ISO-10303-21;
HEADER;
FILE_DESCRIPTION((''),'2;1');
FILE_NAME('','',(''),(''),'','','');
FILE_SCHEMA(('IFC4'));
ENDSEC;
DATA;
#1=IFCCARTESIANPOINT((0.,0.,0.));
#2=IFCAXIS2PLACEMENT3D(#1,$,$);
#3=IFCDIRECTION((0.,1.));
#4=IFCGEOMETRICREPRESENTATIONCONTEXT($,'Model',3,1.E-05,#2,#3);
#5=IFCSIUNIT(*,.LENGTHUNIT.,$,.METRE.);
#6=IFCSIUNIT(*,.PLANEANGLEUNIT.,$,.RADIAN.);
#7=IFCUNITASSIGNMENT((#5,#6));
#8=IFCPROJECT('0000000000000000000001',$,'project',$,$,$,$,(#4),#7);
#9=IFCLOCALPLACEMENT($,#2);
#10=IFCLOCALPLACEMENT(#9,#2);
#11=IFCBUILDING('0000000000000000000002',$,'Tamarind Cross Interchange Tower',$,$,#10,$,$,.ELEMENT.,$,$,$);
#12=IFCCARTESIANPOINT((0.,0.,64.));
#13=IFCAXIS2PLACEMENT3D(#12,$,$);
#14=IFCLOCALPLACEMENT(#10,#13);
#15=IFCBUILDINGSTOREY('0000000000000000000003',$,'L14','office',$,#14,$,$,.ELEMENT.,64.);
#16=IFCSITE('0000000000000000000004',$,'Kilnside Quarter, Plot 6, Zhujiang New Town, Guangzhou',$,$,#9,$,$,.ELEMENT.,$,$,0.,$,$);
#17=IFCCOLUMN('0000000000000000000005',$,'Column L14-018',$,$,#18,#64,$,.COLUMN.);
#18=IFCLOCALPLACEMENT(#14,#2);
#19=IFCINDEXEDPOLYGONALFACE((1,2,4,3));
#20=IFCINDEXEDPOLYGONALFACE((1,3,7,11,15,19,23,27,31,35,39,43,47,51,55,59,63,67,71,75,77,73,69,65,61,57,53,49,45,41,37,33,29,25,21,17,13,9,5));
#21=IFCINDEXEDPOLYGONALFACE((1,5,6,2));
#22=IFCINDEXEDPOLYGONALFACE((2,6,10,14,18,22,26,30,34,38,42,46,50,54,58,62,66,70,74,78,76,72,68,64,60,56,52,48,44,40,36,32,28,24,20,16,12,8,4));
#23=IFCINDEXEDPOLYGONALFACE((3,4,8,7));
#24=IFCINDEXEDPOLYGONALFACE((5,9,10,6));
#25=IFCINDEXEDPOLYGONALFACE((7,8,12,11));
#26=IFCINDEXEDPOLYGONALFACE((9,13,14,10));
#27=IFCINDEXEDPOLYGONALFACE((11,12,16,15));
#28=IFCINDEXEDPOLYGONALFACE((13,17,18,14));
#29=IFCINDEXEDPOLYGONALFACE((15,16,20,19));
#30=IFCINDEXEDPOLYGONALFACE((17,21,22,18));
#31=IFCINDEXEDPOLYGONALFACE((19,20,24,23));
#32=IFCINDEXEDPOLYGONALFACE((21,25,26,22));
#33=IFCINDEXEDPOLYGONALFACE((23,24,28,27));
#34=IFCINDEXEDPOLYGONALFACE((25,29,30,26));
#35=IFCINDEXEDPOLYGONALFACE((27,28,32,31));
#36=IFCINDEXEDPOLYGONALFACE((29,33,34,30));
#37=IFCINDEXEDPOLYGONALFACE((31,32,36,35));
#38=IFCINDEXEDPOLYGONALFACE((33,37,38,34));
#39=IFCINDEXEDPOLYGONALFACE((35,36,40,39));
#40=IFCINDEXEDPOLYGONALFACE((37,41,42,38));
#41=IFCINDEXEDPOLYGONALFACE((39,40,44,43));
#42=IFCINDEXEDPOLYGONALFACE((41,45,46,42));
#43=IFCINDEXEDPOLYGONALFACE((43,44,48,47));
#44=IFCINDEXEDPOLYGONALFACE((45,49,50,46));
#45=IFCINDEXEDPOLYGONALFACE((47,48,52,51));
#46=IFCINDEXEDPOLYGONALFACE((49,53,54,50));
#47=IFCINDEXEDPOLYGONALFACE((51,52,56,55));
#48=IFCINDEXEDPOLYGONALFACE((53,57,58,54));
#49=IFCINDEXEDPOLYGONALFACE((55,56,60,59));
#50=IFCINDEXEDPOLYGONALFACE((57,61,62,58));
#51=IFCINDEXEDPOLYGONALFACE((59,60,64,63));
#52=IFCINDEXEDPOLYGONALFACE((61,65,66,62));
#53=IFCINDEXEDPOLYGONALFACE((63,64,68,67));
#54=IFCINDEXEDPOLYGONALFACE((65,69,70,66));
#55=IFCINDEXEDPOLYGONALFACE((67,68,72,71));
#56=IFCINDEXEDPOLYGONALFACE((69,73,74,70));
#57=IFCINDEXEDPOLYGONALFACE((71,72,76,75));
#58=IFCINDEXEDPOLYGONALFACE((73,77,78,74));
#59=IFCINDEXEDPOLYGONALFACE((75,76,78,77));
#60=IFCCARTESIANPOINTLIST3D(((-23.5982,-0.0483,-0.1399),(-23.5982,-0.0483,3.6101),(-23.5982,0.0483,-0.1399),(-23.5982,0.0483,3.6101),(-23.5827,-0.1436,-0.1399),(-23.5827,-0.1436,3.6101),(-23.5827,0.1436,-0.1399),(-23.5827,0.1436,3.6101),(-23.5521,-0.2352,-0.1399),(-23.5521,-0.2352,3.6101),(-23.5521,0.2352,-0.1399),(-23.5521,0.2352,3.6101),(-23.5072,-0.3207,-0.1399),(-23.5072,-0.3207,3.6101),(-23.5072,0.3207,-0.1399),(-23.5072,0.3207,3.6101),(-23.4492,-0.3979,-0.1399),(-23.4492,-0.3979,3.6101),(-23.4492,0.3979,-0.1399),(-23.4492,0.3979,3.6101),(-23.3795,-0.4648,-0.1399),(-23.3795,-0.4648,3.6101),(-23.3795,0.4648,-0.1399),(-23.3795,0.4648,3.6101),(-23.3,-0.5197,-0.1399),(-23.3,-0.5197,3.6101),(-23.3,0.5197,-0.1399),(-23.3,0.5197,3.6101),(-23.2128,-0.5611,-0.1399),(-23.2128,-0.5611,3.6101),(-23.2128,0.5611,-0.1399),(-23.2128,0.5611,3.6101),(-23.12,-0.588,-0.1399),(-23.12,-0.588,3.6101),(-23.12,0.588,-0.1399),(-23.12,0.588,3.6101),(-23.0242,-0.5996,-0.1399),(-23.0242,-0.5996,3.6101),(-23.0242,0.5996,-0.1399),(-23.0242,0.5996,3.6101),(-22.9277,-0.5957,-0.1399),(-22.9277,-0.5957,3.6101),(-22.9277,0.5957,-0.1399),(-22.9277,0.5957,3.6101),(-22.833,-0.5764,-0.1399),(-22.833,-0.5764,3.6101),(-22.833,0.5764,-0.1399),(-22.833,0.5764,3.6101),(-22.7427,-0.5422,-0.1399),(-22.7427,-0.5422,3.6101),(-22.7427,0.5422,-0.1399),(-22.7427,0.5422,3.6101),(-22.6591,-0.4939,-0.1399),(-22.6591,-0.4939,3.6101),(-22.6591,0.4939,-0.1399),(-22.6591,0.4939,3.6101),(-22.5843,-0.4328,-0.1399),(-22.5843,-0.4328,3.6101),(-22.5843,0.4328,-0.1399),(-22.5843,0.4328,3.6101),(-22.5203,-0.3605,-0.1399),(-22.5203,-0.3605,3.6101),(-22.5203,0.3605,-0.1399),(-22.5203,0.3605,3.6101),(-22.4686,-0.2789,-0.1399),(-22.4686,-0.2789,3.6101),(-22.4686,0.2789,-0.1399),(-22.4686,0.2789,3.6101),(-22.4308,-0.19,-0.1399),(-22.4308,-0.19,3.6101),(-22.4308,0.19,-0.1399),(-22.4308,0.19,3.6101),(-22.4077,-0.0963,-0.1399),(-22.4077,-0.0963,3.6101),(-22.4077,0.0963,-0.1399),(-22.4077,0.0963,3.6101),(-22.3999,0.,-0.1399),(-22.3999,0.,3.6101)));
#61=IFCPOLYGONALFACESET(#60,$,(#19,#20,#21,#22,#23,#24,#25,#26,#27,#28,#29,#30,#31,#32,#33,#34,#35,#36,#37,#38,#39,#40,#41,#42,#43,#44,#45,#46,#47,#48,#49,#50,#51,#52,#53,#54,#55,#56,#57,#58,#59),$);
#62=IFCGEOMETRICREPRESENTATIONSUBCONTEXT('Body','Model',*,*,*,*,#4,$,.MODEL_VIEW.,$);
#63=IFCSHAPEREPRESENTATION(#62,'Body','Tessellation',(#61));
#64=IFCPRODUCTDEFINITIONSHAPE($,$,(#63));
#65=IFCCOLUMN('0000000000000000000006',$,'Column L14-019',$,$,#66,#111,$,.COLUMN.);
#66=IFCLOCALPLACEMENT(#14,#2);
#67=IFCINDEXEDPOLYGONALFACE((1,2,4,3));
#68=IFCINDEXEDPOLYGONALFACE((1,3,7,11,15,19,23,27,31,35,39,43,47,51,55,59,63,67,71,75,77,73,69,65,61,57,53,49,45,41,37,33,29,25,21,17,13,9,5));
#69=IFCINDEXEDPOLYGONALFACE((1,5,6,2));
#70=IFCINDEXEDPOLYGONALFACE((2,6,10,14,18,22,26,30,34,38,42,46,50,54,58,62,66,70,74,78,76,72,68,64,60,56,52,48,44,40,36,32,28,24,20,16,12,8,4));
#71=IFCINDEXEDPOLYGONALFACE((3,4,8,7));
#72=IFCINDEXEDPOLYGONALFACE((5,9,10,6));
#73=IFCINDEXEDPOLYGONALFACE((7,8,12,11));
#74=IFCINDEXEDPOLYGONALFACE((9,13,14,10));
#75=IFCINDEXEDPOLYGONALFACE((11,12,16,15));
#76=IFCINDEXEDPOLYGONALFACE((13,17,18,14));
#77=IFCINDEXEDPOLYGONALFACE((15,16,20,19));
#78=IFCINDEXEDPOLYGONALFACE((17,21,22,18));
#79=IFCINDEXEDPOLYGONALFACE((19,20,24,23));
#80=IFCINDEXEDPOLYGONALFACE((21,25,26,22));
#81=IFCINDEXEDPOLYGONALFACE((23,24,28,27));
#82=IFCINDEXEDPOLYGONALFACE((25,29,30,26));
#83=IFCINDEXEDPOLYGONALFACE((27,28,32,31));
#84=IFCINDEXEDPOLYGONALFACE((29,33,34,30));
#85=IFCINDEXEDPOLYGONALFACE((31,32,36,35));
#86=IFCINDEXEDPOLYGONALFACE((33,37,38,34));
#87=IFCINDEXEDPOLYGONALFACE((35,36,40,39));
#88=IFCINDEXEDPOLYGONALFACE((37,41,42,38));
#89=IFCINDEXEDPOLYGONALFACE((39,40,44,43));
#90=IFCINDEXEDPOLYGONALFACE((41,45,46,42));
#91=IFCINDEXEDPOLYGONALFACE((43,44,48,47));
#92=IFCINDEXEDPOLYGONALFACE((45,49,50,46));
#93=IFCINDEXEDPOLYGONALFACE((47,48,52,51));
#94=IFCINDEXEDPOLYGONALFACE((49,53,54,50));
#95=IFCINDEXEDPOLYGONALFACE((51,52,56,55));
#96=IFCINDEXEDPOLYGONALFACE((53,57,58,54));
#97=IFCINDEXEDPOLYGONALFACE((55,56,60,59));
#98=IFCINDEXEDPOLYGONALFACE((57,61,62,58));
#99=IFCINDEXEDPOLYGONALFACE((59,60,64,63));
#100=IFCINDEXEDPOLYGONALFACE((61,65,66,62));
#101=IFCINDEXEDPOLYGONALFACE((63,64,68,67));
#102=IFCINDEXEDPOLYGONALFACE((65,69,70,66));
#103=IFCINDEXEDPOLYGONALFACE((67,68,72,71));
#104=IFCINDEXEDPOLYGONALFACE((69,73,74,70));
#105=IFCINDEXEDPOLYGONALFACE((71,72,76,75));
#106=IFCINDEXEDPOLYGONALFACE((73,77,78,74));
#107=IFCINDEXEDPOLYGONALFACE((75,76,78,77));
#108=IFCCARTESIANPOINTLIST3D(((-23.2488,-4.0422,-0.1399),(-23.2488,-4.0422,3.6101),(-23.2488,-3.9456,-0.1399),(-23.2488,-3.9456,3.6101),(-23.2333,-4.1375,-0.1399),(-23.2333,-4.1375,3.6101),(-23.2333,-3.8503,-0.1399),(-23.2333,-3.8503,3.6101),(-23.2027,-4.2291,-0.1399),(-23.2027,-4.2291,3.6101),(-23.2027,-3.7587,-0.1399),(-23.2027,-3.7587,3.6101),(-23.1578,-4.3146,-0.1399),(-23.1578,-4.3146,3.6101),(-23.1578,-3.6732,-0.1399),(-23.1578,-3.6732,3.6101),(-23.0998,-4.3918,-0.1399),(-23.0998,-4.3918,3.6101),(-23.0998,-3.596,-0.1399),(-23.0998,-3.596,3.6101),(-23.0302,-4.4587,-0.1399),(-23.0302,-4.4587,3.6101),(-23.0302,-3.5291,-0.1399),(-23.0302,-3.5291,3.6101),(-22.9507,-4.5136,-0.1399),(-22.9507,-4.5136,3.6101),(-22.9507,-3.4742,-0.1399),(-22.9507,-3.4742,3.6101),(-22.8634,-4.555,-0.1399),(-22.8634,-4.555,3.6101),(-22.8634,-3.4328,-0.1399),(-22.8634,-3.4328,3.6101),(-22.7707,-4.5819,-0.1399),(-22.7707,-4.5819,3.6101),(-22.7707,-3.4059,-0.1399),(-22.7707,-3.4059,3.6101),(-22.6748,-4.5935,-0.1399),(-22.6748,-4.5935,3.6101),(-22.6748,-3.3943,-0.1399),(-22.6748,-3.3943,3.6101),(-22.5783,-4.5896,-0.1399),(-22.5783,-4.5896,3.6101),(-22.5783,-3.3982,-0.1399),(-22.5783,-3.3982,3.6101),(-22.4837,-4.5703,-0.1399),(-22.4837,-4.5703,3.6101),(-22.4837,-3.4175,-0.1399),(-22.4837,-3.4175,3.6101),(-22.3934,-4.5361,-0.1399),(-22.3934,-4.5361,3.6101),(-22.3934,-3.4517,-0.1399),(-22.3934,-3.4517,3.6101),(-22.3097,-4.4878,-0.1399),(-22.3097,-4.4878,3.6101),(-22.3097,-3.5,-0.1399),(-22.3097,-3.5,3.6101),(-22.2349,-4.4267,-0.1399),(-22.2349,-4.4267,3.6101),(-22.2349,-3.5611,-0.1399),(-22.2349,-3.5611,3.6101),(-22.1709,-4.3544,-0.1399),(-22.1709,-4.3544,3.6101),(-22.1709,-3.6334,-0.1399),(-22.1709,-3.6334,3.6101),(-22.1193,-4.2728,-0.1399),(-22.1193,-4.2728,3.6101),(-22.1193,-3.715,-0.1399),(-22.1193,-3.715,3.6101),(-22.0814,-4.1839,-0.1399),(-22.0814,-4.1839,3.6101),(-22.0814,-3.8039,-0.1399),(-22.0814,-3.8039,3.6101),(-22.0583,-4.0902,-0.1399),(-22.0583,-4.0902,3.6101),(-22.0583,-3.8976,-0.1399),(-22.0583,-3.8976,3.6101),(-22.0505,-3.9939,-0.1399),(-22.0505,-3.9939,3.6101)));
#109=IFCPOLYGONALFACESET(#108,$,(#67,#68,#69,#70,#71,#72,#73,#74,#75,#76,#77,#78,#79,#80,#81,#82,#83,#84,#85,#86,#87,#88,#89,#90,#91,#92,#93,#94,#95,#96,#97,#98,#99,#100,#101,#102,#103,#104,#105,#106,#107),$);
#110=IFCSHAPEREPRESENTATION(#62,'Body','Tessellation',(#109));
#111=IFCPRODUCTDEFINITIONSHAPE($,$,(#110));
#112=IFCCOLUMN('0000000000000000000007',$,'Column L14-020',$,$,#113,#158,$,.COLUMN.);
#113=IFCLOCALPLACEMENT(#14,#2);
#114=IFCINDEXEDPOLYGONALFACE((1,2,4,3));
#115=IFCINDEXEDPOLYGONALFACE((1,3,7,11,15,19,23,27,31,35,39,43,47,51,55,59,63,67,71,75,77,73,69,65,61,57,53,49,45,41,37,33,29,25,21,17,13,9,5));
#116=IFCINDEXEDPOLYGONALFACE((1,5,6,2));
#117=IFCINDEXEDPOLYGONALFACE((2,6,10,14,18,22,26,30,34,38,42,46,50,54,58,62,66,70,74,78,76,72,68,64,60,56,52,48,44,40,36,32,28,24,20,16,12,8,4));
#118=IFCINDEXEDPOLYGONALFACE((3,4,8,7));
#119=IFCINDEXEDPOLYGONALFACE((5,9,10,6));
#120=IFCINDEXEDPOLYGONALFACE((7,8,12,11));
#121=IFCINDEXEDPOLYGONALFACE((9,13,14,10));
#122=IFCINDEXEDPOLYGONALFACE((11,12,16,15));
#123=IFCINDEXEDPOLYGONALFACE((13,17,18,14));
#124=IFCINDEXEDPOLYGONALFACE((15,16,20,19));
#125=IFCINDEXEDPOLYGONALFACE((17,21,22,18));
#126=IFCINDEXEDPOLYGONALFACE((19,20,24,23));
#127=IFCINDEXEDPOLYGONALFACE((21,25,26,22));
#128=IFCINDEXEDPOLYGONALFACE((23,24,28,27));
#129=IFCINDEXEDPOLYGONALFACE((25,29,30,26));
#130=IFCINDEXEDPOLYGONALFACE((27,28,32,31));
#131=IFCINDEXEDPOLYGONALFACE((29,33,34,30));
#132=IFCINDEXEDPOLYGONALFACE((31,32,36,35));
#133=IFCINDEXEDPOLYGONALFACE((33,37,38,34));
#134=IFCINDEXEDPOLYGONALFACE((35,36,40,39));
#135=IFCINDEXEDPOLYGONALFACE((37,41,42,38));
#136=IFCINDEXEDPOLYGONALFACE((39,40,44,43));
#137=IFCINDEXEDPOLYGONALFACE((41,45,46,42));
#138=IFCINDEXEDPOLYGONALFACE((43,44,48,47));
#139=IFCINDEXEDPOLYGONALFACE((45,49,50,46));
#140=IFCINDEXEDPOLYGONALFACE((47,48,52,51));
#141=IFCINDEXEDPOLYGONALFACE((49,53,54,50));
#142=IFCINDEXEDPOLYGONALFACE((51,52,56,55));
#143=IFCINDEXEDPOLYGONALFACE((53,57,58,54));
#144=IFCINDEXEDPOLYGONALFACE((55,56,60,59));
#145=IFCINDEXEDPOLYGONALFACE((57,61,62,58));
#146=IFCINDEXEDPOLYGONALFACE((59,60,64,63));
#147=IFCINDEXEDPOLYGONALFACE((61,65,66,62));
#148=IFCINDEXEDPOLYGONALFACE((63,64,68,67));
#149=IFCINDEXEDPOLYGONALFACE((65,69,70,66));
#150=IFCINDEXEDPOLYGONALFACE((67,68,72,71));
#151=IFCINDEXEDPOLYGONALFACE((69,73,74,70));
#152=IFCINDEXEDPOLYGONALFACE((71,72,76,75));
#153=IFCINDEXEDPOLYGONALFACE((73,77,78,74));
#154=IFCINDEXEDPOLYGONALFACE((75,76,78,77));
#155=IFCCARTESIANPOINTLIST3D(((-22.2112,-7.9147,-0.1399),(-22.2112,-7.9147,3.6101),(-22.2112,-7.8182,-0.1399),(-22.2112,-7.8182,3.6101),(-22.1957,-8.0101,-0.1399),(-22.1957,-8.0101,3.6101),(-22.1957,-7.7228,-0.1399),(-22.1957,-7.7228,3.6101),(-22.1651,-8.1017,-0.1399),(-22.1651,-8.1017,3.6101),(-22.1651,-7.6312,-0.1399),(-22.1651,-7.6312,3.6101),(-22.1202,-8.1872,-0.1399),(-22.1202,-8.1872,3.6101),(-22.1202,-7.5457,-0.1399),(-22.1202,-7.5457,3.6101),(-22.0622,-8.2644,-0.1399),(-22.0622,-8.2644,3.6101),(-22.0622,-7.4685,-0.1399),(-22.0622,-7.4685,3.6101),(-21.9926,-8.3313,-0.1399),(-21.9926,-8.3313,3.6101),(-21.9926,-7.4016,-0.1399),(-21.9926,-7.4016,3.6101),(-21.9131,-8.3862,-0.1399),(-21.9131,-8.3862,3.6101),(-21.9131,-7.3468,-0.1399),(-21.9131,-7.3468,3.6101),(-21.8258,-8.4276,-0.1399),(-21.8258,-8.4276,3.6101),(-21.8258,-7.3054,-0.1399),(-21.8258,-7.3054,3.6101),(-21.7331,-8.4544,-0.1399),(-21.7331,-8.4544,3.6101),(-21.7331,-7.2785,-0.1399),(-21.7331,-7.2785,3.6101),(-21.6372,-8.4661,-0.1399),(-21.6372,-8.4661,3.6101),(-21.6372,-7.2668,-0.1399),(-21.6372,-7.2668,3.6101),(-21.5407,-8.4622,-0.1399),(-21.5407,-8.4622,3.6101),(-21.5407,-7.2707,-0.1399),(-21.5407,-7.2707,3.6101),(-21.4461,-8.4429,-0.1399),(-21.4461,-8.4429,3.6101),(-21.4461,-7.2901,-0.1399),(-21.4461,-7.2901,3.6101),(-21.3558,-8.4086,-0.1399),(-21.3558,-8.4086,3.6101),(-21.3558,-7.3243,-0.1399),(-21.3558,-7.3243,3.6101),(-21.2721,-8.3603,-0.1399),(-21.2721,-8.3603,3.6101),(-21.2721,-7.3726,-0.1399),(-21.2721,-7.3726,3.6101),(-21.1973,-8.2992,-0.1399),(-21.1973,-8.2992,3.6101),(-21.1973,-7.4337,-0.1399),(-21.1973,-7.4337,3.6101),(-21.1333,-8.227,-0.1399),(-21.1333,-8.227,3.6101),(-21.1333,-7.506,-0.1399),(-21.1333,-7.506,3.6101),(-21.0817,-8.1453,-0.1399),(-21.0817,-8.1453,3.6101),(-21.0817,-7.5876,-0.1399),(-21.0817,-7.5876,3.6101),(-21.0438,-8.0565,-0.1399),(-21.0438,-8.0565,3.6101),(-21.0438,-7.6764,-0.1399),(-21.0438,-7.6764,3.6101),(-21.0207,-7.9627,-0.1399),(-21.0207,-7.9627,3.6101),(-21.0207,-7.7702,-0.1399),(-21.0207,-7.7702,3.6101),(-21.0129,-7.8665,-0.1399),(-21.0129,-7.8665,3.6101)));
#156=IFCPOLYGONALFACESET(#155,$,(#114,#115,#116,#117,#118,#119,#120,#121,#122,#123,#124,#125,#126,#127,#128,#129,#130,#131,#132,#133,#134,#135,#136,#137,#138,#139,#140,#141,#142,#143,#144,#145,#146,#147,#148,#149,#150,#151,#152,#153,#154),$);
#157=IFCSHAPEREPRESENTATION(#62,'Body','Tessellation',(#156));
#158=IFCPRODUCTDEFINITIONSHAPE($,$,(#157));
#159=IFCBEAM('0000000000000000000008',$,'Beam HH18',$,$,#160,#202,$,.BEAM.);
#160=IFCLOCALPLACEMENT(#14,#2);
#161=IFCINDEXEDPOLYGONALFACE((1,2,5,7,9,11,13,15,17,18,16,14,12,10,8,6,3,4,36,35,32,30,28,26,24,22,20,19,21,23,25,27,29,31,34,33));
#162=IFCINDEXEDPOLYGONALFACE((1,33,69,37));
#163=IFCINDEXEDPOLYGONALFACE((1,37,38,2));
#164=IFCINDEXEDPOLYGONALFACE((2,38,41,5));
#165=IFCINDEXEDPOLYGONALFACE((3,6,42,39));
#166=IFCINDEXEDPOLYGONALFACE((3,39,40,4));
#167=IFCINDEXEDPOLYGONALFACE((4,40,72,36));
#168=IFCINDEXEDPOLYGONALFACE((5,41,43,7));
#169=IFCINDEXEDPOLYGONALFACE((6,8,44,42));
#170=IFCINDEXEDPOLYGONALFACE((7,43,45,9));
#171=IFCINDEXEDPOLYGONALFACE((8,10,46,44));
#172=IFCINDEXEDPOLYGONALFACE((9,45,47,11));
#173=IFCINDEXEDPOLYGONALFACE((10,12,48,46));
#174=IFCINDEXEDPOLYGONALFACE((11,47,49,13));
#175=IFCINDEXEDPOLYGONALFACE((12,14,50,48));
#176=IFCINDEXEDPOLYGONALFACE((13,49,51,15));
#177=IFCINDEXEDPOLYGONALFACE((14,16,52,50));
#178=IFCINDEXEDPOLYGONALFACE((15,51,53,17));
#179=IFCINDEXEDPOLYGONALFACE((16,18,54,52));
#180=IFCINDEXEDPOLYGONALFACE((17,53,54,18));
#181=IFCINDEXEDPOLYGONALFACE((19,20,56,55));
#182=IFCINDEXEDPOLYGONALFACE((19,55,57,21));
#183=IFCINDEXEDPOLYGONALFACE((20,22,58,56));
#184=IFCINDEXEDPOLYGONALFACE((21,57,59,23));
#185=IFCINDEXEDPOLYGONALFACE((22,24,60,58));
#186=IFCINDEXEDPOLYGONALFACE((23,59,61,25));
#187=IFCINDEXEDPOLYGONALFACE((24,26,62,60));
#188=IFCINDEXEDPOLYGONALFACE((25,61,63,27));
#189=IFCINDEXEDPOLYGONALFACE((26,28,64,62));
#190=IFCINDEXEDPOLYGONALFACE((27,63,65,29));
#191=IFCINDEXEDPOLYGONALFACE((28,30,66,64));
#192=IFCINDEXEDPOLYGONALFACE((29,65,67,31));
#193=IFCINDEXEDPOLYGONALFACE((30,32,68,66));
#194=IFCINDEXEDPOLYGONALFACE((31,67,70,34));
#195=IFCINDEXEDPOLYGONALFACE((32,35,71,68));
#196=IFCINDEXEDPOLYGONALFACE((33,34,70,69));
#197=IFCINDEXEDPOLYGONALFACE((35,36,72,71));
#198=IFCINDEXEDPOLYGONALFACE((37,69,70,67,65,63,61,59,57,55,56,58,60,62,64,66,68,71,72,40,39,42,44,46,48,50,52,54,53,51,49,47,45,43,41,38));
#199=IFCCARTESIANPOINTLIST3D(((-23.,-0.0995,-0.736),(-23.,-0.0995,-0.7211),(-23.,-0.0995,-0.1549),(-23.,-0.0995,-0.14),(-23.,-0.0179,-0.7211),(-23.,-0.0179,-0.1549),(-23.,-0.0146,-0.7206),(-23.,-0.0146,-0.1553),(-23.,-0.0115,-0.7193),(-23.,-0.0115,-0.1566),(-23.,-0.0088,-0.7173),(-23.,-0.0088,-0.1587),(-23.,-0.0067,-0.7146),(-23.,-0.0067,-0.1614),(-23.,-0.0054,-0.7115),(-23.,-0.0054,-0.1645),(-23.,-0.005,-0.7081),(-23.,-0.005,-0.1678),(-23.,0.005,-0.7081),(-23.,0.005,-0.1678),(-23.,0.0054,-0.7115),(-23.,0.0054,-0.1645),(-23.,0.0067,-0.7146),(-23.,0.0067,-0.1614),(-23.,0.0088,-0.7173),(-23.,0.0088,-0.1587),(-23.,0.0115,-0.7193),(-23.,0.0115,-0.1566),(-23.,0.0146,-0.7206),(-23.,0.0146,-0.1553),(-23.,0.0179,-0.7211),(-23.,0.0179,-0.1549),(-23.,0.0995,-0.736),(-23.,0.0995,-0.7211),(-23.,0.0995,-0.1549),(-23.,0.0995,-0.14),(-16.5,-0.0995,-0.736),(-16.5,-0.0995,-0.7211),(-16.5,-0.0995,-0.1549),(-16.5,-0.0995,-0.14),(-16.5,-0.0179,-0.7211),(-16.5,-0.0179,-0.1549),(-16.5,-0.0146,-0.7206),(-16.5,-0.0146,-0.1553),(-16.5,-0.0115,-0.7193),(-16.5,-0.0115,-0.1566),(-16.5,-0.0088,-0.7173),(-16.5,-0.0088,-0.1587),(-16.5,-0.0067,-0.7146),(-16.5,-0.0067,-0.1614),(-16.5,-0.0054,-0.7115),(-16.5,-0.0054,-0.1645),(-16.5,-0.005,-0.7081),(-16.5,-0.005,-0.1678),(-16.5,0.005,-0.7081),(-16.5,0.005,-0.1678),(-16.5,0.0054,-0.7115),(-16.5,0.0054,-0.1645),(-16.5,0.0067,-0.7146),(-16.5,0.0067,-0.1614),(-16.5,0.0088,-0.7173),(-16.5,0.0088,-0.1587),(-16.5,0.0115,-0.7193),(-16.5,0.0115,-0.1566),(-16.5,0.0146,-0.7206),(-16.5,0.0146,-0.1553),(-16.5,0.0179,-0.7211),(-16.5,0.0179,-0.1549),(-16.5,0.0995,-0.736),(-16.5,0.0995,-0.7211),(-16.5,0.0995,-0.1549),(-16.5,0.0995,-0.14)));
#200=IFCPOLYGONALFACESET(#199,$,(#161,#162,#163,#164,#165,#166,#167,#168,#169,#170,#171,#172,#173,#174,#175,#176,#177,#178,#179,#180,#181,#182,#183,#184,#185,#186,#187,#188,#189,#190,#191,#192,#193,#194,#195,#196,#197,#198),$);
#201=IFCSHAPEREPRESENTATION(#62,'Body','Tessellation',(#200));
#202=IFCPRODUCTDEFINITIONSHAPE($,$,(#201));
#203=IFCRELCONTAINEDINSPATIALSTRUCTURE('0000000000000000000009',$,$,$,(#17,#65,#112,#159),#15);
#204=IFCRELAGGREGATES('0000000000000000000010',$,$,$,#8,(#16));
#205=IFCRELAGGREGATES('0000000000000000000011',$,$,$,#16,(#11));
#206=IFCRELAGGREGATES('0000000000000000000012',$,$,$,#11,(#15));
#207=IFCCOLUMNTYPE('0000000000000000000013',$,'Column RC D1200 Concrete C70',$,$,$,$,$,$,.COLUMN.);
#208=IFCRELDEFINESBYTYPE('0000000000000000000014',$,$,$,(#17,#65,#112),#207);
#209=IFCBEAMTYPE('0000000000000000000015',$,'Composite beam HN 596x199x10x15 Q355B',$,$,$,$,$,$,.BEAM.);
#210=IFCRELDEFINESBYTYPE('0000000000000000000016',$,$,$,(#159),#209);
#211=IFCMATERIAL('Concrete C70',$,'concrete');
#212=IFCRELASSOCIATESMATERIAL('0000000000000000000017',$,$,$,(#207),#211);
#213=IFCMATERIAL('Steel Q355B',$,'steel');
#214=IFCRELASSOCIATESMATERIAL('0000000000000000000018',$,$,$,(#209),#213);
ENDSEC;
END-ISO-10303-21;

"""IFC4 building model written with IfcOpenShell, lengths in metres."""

from ifc_helpers import new_model, si_unit, direction, frame, origin, origin_2d, place, context, subcontext, project, spatial, circle, i_section, extrude, material, material_profile, profile_set, type_object, element, save


model = new_model("IFC4")

# Units and contexts
model_context = context("Model", 3, precision=1e-05, world=origin(), true_north=direction((0.0, 1.0)))
body_context = subcontext(model_context, "Body", "Model", "MODEL_VIEW")
ifc_project = project(units=[si_unit("LENGTHUNIT", "METRE"), si_unit("PLANEANGLEUNIT", "RADIAN")], contexts=[model_context])

# Site, building, storey
site_placement = place(None, origin())
site = spatial("IfcSite", under=ifc_project, at=site_placement, Name="Kilnside Quarter, Plot 6, Zhujiang New Town, Guangzhou", CompositionType="ELEMENT", RefElevation=0.0)
building_placement = place(site_placement, origin())
building = spatial("IfcBuilding", under=site, at=building_placement, Name="Tamarind Cross Interchange Tower", CompositionType="ELEMENT")
storey_placement = place(building_placement, frame((0.0, 0.0, 64.0)))
storey = spatial("IfcBuildingStorey", under=building, at=storey_placement, Name="L14", Description="office", CompositionType="ELEMENT", Elevation=64.0)

# Columns
ifc_material_1 = material(Name="Concrete C70", Category="concrete")
ifc_material_profile_1 = material_profile(ifc_material_1, circle(Radius=0.6001, at=origin_2d()), Name="RC D1200")
ifc_profile_set_1 = profile_set([ifc_material_profile_1], Name="Concrete C70")
column_type = type_object("IfcColumnType", Name="Column RC D1200 Concrete C70", PredefinedType="COLUMN", material=ifc_profile_set_1)
for number, where, z_axis, x_axis, name in (
    (1, (-23.0, 0.0, -0.1399), (0.0, 0.0, 1.0), (1.0, 0.0, 0.0), "Column L14-018"),
    (2, (-22.6506, -3.9939, -0.1399), (0.0, 0.0, 1.0), (1.0, 0.0, 0.0), "Column L14-019"),
    (3, (-21.613, -7.8665, -0.1399), (0.0, 0.0, 1.0), (1.0, 0.0, 0.0), "Column L14-020"),
):
    element("IfcColumn", number, at=place(storey_placement, frame(where, z_axis=z_axis, x_axis=x_axis)), inside=storey, type_object=column_type, Name=name, PredefinedType="COLUMN", context=body_context, shape_type="SweptSolid", body=[
        extrude(circle(Radius=0.6001, at=origin_2d()), origin(), (0.0, 0.0, 1.0), 3.75),
    ])

# Beam
ifc_material_2 = material(Name="Steel Q355B", Category="steel")
ifc_material_profile_2 = material_profile(ifc_material_2, i_section(OverallWidth=0.199, OverallDepth=0.5959, WebThickness=0.01, FlangeThickness=0.0149, FilletRadius=0.0129, at=origin_2d()), Name="HN 596x199x10x15")
ifc_profile_set_2 = profile_set([ifc_material_profile_2], Name="Steel Q355B")
beam_type = type_object("IfcBeamType", Name="Composite beam HN 596x199x10x15 Q355B", PredefinedType="BEAM", material=ifc_profile_set_2)
beam_1_placement = place(storey_placement, frame((-23.0, 0.0, -0.438), z_axis=(1.0, 0.0, 0.0), x_axis=(0.0, 1.0, 0.0)))
element("IfcBeam", 4, at=beam_1_placement, inside=storey, type_object=beam_type, Name="Beam HH18", PredefinedType="BEAM", context=body_context, shape_type="SweptSolid", body=[
    extrude(i_section(OverallWidth=0.199, OverallDepth=0.5959, WebThickness=0.01, FlangeThickness=0.0149, FilletRadius=0.0129, at=origin_2d()), origin(), (0.0, 0.0, 1.0), 6.5),
])

save(model, "model.ifc")
